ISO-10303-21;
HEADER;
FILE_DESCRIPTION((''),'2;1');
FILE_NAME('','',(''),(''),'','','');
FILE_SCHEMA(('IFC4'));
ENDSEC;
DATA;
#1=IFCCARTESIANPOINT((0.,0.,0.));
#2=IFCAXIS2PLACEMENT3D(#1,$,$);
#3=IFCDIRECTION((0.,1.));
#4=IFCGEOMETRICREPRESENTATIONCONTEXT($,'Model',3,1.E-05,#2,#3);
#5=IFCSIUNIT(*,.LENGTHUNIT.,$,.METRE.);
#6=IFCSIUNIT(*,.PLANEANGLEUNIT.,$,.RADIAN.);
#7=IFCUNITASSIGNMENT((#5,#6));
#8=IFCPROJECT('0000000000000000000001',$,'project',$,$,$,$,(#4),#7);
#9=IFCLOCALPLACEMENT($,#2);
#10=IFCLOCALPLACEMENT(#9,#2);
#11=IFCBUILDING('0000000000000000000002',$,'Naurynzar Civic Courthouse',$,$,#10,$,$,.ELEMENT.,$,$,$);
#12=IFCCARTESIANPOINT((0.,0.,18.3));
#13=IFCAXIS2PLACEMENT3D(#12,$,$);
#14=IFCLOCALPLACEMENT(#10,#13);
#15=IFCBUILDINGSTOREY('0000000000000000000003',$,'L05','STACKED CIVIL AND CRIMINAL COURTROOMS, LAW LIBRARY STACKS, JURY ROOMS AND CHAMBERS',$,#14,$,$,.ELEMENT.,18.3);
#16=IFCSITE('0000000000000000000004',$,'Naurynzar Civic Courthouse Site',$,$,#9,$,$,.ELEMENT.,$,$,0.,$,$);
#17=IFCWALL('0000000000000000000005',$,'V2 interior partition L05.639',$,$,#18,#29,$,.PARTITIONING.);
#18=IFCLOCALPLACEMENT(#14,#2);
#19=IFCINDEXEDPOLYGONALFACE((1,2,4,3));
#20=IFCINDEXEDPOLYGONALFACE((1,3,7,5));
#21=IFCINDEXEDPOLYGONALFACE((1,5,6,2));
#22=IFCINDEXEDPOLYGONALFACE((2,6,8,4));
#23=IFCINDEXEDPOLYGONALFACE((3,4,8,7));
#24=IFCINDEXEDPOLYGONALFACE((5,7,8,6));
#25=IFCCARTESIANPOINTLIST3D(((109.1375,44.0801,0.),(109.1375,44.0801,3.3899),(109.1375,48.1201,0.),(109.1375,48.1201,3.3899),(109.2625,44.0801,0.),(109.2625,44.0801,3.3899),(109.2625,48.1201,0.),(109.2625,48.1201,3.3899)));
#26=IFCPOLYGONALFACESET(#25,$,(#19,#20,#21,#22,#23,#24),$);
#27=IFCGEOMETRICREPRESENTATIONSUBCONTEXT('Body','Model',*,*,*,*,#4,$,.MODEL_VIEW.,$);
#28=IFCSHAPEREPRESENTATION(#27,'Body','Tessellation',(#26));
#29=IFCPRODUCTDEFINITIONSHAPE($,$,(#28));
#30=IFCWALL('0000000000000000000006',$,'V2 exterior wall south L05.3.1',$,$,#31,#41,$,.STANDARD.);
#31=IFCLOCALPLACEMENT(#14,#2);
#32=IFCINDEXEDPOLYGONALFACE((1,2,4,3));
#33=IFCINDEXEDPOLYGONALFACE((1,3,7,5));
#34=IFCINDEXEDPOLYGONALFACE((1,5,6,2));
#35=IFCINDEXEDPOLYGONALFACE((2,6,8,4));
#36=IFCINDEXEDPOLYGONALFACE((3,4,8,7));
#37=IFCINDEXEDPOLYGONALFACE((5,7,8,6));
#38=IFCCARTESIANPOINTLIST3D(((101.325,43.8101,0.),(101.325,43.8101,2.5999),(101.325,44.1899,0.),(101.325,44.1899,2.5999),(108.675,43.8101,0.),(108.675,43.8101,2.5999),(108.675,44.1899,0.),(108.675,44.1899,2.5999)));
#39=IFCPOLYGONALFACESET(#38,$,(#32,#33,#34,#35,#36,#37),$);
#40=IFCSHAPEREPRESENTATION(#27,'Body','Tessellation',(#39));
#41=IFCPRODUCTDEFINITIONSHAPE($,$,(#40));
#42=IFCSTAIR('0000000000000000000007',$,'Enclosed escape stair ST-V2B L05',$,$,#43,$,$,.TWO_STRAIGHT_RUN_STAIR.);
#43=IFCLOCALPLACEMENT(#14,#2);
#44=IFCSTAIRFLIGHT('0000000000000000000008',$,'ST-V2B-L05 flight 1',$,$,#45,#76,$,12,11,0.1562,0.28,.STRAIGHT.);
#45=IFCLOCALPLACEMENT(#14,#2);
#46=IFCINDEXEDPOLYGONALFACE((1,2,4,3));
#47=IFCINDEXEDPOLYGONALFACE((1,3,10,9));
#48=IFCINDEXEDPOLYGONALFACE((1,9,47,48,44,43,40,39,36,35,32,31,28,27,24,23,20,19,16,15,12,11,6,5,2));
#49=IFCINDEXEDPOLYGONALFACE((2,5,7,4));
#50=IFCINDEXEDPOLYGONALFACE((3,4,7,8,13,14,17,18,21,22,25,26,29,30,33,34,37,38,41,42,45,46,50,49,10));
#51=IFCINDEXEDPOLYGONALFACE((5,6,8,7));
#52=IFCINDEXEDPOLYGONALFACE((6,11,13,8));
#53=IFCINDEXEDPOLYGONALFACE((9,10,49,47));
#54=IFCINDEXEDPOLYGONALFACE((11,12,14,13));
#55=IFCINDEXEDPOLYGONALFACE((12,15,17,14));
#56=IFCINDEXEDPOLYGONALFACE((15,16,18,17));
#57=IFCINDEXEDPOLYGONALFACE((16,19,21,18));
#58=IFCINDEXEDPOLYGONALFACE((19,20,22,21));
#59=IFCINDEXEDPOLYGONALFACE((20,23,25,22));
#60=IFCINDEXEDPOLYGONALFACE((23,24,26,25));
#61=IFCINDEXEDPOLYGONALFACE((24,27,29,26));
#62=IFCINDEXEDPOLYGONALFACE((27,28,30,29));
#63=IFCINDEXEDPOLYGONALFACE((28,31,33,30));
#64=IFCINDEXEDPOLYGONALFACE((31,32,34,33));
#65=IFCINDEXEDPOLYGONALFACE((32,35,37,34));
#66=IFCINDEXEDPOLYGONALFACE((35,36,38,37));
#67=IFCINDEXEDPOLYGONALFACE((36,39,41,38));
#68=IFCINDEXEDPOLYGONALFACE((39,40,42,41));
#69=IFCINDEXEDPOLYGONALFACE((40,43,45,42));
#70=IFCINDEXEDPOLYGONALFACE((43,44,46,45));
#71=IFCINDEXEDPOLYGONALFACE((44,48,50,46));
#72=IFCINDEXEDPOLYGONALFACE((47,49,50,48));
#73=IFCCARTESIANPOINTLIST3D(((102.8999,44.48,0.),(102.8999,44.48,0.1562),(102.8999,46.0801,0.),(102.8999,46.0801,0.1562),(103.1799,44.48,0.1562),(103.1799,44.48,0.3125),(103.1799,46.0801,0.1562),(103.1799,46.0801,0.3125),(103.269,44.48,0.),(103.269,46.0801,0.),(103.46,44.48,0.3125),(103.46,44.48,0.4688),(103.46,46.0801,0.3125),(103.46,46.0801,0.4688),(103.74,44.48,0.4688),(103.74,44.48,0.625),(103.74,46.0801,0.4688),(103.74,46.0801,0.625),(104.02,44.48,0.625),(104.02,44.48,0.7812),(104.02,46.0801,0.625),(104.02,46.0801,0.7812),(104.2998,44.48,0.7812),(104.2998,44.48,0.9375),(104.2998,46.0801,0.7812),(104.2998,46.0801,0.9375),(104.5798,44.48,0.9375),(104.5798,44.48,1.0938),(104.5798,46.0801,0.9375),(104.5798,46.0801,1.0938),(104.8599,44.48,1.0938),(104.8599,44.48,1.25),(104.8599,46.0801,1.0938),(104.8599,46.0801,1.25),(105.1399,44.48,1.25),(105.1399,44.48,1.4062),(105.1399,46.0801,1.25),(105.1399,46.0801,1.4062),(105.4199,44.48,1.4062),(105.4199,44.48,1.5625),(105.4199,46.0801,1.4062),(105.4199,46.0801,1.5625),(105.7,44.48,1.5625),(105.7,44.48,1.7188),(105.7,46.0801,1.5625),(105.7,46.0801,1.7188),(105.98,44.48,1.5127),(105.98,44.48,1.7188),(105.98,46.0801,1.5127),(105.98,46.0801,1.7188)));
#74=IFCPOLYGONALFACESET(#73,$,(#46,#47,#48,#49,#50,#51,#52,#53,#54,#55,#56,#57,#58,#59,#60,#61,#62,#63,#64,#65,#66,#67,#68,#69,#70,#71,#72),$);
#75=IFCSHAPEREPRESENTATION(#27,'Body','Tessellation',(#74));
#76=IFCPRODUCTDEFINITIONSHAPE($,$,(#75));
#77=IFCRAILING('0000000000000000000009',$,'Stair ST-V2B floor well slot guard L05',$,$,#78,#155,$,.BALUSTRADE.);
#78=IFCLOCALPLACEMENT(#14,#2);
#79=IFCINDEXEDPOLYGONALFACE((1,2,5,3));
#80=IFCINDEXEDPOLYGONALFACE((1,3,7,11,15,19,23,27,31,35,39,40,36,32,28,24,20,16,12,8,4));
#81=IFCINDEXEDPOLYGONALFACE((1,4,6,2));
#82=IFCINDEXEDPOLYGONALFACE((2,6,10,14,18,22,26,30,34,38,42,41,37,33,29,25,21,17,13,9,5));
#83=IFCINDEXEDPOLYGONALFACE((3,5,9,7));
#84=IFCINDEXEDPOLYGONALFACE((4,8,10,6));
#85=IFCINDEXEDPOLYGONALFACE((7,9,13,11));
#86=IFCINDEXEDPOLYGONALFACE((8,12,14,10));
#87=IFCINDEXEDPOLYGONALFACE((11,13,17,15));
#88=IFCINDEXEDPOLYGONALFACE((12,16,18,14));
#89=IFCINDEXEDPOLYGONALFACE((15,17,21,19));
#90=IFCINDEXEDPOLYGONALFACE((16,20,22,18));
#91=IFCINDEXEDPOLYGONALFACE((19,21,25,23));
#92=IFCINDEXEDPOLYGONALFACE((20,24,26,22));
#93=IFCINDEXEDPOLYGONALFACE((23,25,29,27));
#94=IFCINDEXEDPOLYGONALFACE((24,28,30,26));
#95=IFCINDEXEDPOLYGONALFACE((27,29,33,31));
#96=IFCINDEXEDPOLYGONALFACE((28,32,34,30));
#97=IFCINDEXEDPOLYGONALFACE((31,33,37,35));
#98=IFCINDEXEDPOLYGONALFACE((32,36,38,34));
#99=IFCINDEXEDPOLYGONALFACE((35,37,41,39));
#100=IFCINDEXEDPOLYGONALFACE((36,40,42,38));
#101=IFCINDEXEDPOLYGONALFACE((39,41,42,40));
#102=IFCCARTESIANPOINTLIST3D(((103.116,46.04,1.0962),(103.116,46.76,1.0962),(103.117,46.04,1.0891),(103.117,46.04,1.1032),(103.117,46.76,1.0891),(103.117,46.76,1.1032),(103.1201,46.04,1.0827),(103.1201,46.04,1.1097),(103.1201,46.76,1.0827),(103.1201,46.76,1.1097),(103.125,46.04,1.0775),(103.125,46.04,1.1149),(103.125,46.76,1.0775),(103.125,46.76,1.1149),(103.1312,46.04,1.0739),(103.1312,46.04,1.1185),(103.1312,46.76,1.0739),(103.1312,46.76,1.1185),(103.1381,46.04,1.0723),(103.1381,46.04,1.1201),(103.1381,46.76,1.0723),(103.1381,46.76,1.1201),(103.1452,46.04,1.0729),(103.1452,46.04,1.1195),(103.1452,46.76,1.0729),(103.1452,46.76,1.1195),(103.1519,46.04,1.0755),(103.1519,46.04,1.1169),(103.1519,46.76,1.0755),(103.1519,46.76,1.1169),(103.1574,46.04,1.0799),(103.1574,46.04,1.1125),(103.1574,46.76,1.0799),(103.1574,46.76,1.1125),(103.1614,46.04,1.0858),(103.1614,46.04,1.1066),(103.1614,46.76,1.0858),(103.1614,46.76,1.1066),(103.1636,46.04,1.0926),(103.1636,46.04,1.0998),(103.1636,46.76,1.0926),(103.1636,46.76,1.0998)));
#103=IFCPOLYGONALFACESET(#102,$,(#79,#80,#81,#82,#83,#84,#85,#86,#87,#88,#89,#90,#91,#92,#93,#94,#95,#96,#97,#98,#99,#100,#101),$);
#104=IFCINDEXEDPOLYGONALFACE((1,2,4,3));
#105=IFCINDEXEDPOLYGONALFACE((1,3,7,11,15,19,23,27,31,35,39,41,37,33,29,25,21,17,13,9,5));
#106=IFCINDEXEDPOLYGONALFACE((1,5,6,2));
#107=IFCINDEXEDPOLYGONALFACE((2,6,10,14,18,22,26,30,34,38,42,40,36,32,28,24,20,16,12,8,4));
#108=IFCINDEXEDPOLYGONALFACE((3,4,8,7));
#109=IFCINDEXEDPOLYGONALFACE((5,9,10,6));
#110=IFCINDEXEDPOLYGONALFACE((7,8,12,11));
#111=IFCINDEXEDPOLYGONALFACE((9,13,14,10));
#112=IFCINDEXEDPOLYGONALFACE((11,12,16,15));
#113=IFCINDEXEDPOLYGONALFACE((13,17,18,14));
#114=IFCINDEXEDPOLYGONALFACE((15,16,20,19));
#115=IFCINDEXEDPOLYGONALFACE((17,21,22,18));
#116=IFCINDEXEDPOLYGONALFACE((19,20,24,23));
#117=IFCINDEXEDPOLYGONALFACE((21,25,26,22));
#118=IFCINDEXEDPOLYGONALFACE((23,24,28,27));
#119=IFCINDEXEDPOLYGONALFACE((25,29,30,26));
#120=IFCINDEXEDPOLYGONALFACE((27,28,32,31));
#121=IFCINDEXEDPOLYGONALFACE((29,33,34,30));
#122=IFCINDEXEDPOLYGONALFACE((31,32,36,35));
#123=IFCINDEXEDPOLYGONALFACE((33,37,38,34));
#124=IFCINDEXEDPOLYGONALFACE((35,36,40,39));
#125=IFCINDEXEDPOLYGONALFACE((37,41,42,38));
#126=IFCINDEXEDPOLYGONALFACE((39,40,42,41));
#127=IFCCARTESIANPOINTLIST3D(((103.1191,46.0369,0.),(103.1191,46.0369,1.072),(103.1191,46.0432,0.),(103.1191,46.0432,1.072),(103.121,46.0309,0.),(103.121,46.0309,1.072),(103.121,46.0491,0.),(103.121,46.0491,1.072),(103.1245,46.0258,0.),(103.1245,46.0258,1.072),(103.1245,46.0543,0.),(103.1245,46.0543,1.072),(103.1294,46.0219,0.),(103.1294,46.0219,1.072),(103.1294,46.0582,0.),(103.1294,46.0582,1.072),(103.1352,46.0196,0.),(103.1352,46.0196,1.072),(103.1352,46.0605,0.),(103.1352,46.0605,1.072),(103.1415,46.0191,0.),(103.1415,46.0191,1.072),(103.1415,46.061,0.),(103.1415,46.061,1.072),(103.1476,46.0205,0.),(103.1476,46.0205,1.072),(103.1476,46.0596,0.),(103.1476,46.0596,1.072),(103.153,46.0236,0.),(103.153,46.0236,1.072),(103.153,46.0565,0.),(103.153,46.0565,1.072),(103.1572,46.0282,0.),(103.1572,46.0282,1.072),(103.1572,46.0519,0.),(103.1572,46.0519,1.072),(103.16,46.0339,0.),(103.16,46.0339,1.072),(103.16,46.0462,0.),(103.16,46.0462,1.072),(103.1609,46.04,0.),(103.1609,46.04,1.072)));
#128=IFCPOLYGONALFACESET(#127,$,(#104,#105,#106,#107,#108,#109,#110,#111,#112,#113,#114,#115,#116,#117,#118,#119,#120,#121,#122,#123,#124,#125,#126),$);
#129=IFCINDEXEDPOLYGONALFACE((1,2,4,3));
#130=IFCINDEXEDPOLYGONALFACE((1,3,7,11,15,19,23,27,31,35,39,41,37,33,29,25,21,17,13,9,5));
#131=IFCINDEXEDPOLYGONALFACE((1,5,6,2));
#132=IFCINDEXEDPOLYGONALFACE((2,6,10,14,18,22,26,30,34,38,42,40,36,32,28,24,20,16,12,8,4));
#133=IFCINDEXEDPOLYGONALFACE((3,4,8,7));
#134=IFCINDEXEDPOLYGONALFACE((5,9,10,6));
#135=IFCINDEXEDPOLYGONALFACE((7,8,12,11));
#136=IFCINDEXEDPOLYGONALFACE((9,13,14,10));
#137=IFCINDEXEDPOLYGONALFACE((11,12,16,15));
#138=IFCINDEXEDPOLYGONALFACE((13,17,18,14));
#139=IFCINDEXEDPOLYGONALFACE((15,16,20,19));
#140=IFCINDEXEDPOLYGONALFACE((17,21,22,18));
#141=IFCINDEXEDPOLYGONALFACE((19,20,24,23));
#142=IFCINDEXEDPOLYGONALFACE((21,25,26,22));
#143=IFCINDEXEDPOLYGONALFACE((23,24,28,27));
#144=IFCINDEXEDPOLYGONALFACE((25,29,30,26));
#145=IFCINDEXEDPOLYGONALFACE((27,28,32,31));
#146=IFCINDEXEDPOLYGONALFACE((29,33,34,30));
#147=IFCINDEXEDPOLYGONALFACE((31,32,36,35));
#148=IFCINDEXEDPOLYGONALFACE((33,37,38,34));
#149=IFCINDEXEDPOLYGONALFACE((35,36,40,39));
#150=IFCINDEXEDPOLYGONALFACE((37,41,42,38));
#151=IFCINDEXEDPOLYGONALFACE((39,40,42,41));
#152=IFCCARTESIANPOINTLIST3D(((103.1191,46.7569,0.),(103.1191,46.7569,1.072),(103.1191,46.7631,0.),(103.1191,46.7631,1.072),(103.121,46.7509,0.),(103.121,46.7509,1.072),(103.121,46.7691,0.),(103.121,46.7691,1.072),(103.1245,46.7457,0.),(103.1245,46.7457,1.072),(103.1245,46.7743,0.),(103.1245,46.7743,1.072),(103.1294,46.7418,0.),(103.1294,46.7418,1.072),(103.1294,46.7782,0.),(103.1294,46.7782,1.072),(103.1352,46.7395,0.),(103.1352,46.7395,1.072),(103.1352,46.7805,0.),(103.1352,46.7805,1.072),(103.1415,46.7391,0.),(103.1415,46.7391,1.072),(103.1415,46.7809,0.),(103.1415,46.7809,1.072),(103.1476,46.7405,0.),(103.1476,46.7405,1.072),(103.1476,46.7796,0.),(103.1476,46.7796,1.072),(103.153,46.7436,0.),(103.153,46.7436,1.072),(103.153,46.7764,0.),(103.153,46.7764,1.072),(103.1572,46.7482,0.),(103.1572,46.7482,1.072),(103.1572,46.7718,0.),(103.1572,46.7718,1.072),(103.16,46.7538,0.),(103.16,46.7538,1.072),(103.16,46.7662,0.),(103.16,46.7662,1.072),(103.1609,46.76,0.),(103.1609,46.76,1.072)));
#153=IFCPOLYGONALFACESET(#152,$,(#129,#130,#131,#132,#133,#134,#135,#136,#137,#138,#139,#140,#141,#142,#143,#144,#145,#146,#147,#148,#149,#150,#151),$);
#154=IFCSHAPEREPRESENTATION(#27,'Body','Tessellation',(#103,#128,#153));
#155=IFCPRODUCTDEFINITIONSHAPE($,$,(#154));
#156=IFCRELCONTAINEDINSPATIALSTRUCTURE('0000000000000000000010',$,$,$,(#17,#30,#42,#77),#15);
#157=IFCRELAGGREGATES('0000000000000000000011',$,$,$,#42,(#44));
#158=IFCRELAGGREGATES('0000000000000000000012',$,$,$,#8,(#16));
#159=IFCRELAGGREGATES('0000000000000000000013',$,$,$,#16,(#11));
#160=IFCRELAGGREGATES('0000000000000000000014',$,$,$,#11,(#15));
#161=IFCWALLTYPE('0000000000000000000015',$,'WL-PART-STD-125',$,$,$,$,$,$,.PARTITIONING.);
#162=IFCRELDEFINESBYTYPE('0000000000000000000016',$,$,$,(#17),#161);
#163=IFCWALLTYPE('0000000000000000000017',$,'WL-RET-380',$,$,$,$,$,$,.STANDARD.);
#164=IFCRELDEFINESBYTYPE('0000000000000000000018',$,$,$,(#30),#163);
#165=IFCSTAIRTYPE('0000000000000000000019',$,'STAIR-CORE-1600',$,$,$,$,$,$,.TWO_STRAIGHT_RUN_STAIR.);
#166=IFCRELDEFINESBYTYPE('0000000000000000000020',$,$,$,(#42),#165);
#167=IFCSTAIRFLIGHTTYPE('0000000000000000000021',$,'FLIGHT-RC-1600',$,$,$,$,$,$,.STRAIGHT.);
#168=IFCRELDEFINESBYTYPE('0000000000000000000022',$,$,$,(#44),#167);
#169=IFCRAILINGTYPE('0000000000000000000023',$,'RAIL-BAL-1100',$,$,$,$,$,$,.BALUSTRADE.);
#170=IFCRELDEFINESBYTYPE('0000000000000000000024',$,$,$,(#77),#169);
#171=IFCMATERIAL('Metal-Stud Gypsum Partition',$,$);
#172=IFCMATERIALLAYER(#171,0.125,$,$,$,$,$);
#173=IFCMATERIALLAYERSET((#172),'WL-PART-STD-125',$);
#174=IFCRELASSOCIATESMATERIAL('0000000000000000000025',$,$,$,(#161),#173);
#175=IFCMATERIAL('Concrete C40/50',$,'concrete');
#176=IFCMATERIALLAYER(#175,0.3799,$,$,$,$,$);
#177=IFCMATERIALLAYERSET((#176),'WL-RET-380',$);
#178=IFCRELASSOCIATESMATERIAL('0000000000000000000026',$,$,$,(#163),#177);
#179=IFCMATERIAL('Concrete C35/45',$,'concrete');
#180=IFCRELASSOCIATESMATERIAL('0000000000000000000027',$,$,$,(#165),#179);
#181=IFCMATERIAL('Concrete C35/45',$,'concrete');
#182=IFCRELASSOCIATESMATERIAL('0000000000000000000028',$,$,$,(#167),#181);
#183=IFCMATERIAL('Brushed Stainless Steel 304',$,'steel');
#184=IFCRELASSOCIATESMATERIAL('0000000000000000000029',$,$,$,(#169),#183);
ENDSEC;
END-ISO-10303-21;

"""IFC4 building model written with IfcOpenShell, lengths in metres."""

from ifc_helpers import new_model, si_unit, direction, frame, frame_2d, origin, origin_2d, place, context, subcontext, project, spatial, polyline, rectangle, circle, outline, extrude, material, layer, layer_set, type_object, element, aggregate, save


model = new_model("IFC4")

# Units and contexts
model_context = context("Model", 3, precision=1e-05, world=origin(), true_north=direction((0.0, 1.0)))
body_context = subcontext(model_context, "Body", "Model", "MODEL_VIEW")
ifc_project = project(units=[si_unit("LENGTHUNIT", "METRE"), si_unit("PLANEANGLEUNIT", "RADIAN")], contexts=[model_context])

# Site, building, storey
site_placement = place(None, origin())
site = spatial("IfcSite", under=ifc_project, at=site_placement, Name="Naurynzar Civic Courthouse Site", CompositionType="ELEMENT", RefElevation=0.0)
building_placement = place(site_placement, origin())
building = spatial("IfcBuilding", under=site, at=building_placement, Name="Naurynzar Civic Courthouse", CompositionType="ELEMENT")
storey_placement = place(building_placement, frame((0.0, 0.0, 18.3)))
storey = spatial("IfcBuildingStorey", under=building, at=storey_placement, Name="L05", Description="STACKED CIVIL AND CRIMINAL COURTROOMS, LAW LIBRARY STACKS, JURY ROOMS AND CHAMBERS", CompositionType="ELEMENT", Elevation=18.3)

# Walls
ifc_material_1 = material(Name="Metal-Stud Gypsum Partition")
ifc_layer_1 = layer(ifc_material_1, 0.125)
ifc_layer_set_1 = layer_set([ifc_layer_1], Name="WL-PART-STD-125")
wall_type_1 = type_object("IfcWallType", Name="WL-PART-STD-125", PredefinedType="PARTITIONING", material=ifc_layer_set_1)
wall_1_placement = place(storey_placement, frame((109.2, 44.0801, 0.0), z_axis=(0.0, 0.0, 1.0), x_axis=(0.0, 1.0, 0.0)))
element("IfcWall", 1, at=wall_1_placement, inside=storey, type_object=wall_type_1, Name="V2 interior partition L05.639", PredefinedType="PARTITIONING", context=body_context, shape_type="SweptSolid", body=[
    extrude(rectangle(XDim=4.04, YDim=0.125, at=frame_2d((2.02, 0.0))), origin(), (0.0, 0.0, 1.0), 3.3899),
])
ifc_material_2 = material(Name="Concrete C40/50", Category="concrete")
ifc_layer_2 = layer(ifc_material_2, 0.3799)
ifc_layer_set_2 = layer_set([ifc_layer_2], Name="WL-RET-380")
wall_type_2 = type_object("IfcWallType", Name="WL-RET-380", PredefinedType="STANDARD", material=ifc_layer_set_2)
wall_2_placement = place(storey_placement, frame((108.675, 44.0, 0.0), z_axis=(0.0, 0.0, 1.0), x_axis=(-1.0, 0.0, 0.0)))
element("IfcWall", 2, at=wall_2_placement, inside=storey, type_object=wall_type_2, Name="V2 exterior wall south L05.3.1", PredefinedType="STANDARD", context=body_context, shape_type="SweptSolid", body=[
    extrude(rectangle(XDim=7.3501, YDim=0.3799, at=frame_2d((3.675, 0.0))), origin(), (0.0, 0.0, 1.0), 2.5999),
])

# Stair, stair flight
ifc_material_3 = material(Name="Concrete C35/45", Category="concrete")
stair_type = type_object("IfcStairType", Name="STAIR-CORE-1600", PredefinedType="TWO_STRAIGHT_RUN_STAIR", material=ifc_material_3)
stair_placement = place(storey_placement, origin())
stair = element("IfcStair", 3, at=stair_placement, inside=storey, type_object=stair_type, Name="Enclosed escape stair ST-V2B L05", PredefinedType="TWO_STRAIGHT_RUN_STAIR")
ifc_material_4 = material(Name="Concrete C35/45", Category="concrete")
stair_flight_type = type_object("IfcStairFlightType", Name="FLIGHT-RC-1600", PredefinedType="STRAIGHT", material=ifc_material_4)
stair_flight_placement = place(storey_placement, frame((102.8999, 45.28, 0.0), z_axis=(0.0, 0.0, 1.0), x_axis=(1.0, 0.0, 0.0)))
stair_flight = element("IfcStairFlight", 4, at=stair_flight_placement, type_object=stair_flight_type, Name="ST-V2B-L05 flight 1", NumberOfRisers=12, NumberOfTreads=11, PredefinedType="STRAIGHT", RiserHeight=0.1562, TreadLength=0.28, context=body_context, shape_type="SweptSolid", body=[
    extrude(outline(polyline([(0.0, 0.0), (0.0, 0.1562), (0.28, 0.1562), (0.28, 0.3125), (0.5601, 0.3125), (0.5601, 0.4688), (0.8401, 0.4688), (0.8401, 0.625), (1.1201, 0.625), (1.1201, 0.7812), (1.3999, 0.7812), (1.3999, 0.9375), (1.6799, 0.9375), (1.6799, 1.0938), (1.96, 1.0938), (1.96, 1.25), (2.24, 1.25), (2.24, 1.4062), (2.52, 1.4062), (2.52, 1.5625), (2.8, 1.5625), (2.8, 1.7188), (3.0801, 1.7188), (3.0801, 1.875), (3.0801, 1.5127), (0.3691, 0.0), (0.0, 0.0)])), frame((0.0, 0.8, 0.0), z_axis=(0.0, -1.0, 0.0), x_axis=(1.0, 0.0, 0.0)), (0.0, 0.0, 1.0), 1.6001),
])
aggregate(stair, [stair_flight])

# Railing
ifc_material_5 = material(Name="Brushed Stainless Steel 304", Category="steel")
railing_type_1 = type_object("IfcRailingType", Name="RAIL-BAL-1100", PredefinedType="BALUSTRADE", material=ifc_material_5)
for number, where, name in (
    (5, (103.1399, 46.04, 0.0), "Stair ST-V2B floor well slot guard L05"),
):
    element("IfcRailing", number, at=place(storey_placement, frame(where)), inside=storey, type_object=railing_type_1, Name=name, PredefinedType="BALUSTRADE", context=body_context, shape_type="SweptSolid", body=[
        extrude(circle(Radius=0.0239, at=origin_2d()), frame((0.0, 0.0, 1.0962), z_axis=(0.0, 1.0, 0.0), x_axis=(-1.0, 0.0, 0.0)), (0.0, 0.0, 1.0), 0.72),
        extrude(circle(Radius=0.021, at=origin_2d()), origin(), (0.0, 0.0, 1.0), 1.072),
        extrude(circle(Radius=0.021, at=origin_2d()), frame((0.0, 0.72, 0.0)), (0.0, 0.0, 1.0), 1.072),
    ])

save(model, "model.ifc")
